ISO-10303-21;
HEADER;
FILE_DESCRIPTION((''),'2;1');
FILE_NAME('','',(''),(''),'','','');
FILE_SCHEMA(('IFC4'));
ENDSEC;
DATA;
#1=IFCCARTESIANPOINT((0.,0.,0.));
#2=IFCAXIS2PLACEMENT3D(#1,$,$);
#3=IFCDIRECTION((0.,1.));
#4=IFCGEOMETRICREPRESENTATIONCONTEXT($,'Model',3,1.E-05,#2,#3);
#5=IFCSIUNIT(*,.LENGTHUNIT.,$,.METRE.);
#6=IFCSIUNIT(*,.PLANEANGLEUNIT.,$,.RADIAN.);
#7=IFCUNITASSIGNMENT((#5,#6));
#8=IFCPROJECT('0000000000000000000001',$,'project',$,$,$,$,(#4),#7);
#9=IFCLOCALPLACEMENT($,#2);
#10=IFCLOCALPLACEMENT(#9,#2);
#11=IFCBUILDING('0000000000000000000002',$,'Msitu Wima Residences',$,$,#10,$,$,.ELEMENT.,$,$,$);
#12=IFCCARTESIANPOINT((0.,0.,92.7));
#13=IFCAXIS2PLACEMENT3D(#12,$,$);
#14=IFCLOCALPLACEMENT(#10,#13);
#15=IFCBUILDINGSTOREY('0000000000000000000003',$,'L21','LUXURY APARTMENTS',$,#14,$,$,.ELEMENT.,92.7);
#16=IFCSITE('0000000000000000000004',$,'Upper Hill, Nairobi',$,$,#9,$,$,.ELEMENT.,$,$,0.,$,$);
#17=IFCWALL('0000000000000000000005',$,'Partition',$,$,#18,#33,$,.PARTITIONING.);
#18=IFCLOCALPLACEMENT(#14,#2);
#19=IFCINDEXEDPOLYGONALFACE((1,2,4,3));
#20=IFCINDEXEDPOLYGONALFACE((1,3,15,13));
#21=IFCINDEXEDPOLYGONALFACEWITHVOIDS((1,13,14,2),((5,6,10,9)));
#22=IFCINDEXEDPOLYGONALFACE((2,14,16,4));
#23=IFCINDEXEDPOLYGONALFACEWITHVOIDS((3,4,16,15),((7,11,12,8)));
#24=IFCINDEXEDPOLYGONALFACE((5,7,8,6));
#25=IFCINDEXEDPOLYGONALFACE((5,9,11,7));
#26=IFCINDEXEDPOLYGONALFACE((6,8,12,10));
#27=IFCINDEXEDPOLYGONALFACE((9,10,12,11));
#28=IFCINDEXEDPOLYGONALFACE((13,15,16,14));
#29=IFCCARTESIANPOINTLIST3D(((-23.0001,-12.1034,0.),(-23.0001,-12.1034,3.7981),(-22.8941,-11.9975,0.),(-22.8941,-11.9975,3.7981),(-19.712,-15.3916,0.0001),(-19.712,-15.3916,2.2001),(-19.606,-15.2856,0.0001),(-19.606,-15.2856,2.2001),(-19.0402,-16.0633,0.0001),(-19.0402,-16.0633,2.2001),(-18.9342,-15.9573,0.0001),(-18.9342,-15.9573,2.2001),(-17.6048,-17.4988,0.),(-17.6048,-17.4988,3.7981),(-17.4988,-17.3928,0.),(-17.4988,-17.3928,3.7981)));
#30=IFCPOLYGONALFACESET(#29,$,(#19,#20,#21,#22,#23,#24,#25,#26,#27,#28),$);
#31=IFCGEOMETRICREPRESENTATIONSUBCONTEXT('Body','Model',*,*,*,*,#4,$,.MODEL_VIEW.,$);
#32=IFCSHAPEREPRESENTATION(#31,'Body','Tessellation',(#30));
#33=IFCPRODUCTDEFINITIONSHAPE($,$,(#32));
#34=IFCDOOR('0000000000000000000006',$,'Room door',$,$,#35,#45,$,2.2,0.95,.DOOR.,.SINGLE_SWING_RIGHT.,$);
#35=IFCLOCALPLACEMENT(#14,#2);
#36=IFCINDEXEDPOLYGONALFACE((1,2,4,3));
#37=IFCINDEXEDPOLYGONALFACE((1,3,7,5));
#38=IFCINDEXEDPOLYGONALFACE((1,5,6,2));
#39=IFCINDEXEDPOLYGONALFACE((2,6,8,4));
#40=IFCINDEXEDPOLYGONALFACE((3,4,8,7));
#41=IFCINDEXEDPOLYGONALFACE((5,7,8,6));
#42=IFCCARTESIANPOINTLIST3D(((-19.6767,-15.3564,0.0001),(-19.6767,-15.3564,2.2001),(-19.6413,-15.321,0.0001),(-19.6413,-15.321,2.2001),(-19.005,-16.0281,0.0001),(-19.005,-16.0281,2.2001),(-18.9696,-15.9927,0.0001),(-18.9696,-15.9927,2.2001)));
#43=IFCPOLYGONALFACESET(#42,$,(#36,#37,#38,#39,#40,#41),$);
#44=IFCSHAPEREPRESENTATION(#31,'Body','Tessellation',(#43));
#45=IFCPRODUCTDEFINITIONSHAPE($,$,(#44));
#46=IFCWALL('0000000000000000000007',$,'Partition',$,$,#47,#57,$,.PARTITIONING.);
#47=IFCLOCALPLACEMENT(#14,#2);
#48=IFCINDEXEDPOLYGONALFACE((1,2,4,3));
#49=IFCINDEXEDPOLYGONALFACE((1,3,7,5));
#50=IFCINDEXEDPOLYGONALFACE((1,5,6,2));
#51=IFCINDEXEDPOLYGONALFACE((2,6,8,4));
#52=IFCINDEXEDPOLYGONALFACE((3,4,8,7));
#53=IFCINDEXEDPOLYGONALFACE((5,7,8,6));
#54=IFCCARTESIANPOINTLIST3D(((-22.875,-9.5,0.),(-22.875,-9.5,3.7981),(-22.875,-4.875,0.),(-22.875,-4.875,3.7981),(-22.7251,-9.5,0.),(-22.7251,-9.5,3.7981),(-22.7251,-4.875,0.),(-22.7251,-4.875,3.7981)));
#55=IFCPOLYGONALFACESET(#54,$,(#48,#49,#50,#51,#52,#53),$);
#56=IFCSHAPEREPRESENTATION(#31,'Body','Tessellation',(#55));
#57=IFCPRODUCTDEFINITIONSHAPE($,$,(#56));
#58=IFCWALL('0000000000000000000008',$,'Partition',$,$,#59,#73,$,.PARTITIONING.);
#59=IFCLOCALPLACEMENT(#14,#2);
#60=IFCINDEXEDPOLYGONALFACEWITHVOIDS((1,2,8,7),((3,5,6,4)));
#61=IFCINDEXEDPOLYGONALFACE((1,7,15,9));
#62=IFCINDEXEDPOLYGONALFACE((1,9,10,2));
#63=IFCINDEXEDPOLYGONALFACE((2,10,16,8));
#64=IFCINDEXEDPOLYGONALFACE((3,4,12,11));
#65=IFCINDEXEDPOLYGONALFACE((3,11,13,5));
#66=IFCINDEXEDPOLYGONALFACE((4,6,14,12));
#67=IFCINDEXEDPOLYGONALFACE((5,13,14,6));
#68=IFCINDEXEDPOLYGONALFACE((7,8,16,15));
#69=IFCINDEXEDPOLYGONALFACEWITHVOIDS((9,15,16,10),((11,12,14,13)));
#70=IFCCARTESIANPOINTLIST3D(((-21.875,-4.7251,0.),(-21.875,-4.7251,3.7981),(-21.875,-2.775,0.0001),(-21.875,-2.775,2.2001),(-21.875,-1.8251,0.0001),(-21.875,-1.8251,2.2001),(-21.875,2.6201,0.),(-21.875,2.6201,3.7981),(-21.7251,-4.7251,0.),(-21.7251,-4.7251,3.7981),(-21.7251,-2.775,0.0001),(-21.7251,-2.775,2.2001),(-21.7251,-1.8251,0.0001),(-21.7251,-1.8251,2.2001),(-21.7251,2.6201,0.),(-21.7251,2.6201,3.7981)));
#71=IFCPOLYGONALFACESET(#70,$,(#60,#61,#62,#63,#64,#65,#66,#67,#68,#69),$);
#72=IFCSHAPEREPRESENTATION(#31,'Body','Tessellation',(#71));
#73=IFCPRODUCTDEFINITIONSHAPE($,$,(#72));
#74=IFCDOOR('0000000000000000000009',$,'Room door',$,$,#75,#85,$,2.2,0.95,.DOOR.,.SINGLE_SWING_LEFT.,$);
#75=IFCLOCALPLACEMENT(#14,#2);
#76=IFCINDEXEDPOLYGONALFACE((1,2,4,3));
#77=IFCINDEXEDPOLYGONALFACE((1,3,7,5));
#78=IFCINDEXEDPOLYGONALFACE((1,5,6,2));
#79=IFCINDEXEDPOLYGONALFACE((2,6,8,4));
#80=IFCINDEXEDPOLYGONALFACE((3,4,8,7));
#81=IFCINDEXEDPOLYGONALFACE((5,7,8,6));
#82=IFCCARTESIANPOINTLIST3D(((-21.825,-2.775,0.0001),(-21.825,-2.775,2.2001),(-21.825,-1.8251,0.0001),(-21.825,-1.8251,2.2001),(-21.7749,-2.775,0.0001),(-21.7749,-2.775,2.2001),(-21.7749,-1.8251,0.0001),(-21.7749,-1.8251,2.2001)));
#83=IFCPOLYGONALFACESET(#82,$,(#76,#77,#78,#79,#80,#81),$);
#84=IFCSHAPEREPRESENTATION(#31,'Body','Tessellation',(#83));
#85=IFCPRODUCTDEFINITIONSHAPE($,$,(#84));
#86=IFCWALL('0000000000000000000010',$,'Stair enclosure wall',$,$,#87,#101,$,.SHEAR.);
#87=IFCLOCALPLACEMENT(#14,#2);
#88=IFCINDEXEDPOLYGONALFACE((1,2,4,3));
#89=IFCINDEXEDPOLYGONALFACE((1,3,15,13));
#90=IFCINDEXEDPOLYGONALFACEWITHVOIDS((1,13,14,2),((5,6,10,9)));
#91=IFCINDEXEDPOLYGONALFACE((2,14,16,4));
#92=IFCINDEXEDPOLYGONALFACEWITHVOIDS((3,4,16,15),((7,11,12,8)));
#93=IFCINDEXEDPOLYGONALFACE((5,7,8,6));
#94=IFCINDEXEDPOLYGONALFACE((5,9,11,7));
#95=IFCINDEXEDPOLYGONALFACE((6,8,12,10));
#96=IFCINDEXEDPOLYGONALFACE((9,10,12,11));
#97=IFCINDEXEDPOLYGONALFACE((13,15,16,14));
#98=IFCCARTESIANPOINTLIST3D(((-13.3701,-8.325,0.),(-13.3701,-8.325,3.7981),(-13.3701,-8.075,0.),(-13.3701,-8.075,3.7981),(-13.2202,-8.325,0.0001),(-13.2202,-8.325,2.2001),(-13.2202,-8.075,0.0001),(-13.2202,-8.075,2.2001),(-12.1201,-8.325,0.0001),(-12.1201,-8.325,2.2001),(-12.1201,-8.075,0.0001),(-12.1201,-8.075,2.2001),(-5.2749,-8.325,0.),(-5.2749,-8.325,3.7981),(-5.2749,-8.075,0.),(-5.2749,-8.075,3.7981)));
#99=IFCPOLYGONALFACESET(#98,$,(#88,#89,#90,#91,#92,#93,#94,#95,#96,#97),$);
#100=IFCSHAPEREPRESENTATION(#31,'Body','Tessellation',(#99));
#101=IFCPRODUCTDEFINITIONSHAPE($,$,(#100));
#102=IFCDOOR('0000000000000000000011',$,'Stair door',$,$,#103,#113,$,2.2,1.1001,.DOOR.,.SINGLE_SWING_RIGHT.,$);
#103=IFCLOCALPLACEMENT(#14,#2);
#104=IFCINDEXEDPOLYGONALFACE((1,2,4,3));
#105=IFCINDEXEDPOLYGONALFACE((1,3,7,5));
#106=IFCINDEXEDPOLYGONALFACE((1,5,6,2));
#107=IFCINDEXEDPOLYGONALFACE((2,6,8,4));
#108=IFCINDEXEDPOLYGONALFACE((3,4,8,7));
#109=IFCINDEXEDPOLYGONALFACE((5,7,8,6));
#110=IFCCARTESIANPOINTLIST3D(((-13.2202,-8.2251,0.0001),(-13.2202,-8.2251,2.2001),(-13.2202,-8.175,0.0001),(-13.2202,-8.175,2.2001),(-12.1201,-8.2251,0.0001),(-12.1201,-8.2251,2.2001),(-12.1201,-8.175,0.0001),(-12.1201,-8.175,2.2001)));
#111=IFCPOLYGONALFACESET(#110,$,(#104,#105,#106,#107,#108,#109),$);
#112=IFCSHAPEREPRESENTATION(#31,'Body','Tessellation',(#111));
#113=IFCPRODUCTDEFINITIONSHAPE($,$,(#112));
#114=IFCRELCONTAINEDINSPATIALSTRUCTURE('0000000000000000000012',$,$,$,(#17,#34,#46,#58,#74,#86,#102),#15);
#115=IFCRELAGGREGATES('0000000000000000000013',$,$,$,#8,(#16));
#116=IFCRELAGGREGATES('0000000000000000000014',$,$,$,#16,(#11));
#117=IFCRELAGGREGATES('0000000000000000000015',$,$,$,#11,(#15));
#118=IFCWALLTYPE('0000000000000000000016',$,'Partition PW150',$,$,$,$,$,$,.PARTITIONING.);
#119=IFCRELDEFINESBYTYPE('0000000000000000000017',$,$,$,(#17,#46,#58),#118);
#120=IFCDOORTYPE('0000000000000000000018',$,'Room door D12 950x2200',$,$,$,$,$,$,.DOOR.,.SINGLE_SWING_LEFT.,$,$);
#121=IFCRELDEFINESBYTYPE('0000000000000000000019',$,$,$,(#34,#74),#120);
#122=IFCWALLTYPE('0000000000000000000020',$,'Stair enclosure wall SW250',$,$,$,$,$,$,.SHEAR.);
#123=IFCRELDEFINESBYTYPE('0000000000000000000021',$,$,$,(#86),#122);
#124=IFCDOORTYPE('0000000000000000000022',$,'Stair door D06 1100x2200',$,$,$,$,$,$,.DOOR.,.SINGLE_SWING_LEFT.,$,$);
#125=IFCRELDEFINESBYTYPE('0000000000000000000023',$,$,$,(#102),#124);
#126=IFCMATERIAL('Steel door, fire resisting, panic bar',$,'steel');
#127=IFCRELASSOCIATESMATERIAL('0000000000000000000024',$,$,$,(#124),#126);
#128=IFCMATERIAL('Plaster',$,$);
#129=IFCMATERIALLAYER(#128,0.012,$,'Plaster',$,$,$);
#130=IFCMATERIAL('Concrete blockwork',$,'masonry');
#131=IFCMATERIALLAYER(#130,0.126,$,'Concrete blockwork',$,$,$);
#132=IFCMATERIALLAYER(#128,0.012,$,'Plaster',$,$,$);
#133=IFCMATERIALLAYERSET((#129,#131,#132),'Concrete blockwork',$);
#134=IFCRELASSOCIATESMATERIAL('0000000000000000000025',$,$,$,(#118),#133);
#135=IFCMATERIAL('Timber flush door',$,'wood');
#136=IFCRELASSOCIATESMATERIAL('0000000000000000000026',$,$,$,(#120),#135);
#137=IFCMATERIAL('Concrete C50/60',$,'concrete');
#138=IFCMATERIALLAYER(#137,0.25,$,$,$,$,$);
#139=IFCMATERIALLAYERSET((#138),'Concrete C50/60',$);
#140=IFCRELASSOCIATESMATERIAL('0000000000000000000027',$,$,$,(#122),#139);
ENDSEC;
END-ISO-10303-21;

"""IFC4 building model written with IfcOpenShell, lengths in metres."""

from ifc_helpers import new_model, si_unit, direction, frame, frame_2d, origin, place, context, subcontext, project, spatial, rectangle, extrude, material, layer, layer_set, type_object, element, fill, save


model = new_model("IFC4")

# Units and contexts
model_context = context("Model", 3, precision=1e-05, world=origin(), true_north=direction((0.0, 1.0)))
body_context = subcontext(model_context, "Body", "Model", "MODEL_VIEW")
ifc_project = project(units=[si_unit("LENGTHUNIT", "METRE"), si_unit("PLANEANGLEUNIT", "RADIAN")], contexts=[model_context])

# Site, building, storey
site_placement = place(None, origin())
site = spatial("IfcSite", under=ifc_project, at=site_placement, Name="Upper Hill, Nairobi", CompositionType="ELEMENT", RefElevation=0.0)
building_placement = place(site_placement, origin())
building = spatial("IfcBuilding", under=site, at=building_placement, Name="Msitu Wima Residences", CompositionType="ELEMENT")
storey_placement = place(building_placement, frame((0.0, 0.0, 92.7)))
storey = spatial("IfcBuildingStorey", under=building, at=storey_placement, Name="L21", Description="LUXURY APARTMENTS", CompositionType="ELEMENT", Elevation=92.7)

# Shared definitions
ifc_material_1 = material(Name="Concrete C50/60", Category="concrete")

# Shared definitions
ifc_material_2 = material(Name="Steel door, fire resisting, panic bar", Category="steel")
door_type_1 = type_object("IfcDoorType", Name="Stair door D06 1100x2200", OperationType="SINGLE_SWING_LEFT", PredefinedType="DOOR", material=ifc_material_2)

# Shared definitions
ifc_material_3 = material(Name="Plaster")
ifc_material_4 = material(Name="Concrete blockwork", Category="masonry")

# Shared definitions
ifc_layer_1 = layer(ifc_material_3, 0.012, Name="Plaster")
ifc_layer_2 = layer(ifc_material_4, 0.126, Name="Concrete blockwork")
ifc_layer_3 = layer(ifc_material_3, 0.012, Name="Plaster")
ifc_layer_set_1 = layer_set([ifc_layer_1, ifc_layer_2, ifc_layer_3], Name="Concrete blockwork")
wall_type_1 = type_object("IfcWallType", Name="Partition PW150", PredefinedType="PARTITIONING", material=ifc_layer_set_1)
ifc_material_5 = material(Name="Timber flush door", Category="wood")
door_type_2 = type_object("IfcDoorType", Name="Room door D12 950x2200", OperationType="SINGLE_SWING_LEFT", PredefinedType="DOOR", material=ifc_material_5)

# Wall, opening, door
wall_1_placement = place(storey_placement, frame((-22.947, -12.0505, 0.0), z_axis=(0.0, 0.0, 1.0), x_axis=(0.707107, -0.707107, 0.0)))
wall_1 = element("IfcWall", 1, at=wall_1_placement, inside=storey, type_object=wall_type_1, Name="Partition", PredefinedType="PARTITIONING", context=body_context, shape_type="SweptSolid", body=[
    extrude(rectangle(XDim=7.6301, YDim=0.1499, at=frame_2d((3.8149, 0.0))), origin(), (0.0, 0.0, 1.0), 3.7981),
])
opening_1_placement = place(wall_1_placement, frame((4.6499, 0.0, 0.0)))
opening_1 = element("IfcOpeningElement", 2, at=opening_1_placement, cuts=wall_1, PredefinedType="OPENING", context=body_context, shape_type="SweptSolid", body=[
    extrude(rectangle(XDim=0.95, YDim=2.2, at=frame_2d((0.4751, 1.1001))), frame((0.0, 0.085, 0.0), z_axis=(0.0, -1.0, 0.0), x_axis=(1.0, 0.0, 0.0)), (0.0, 0.0, 1.0), 0.1699),
])
door_1_placement = place(opening_1_placement, origin())
door_1 = element("IfcDoor", 3, at=door_1_placement, inside=storey, type_object=door_type_2, Name="Room door", OperationType="SINGLE_SWING_RIGHT", OverallHeight=2.2, OverallWidth=0.95, PredefinedType="DOOR", context=body_context, shape_type="SweptSolid", body=[
    extrude(rectangle(XDim=0.95, YDim=2.2, at=frame_2d((0.4751, 1.1001))), frame((0.0, 0.0249, 0.0), z_axis=(0.0, -1.0, 0.0), x_axis=(1.0, 0.0, 0.0)), (0.0, 0.0, 1.0), 0.05),
])
fill(opening_1, door_1)

# Wall
wall_2_placement = place(storey_placement, frame((-22.8, -9.5, 0.0), z_axis=(0.0, 0.0, 1.0), x_axis=(0.0, 1.0, 0.0)))
element("IfcWall", 4, at=wall_2_placement, inside=storey, type_object=wall_type_1, Name="Partition", PredefinedType="PARTITIONING", context=body_context, shape_type="SweptSolid", body=[
    extrude(rectangle(XDim=4.625, YDim=0.1499, at=frame_2d((2.3125, 0.0))), origin(), (0.0, 0.0, 1.0), 3.7981),
])

# Walls, openings, doors
wall_3_placement = place(storey_placement, frame((-21.8, -4.7251, 0.0), z_axis=(0.0, 0.0, 1.0), x_axis=(0.0, 1.0, 0.0)))
wall_3 = element("IfcWall", 5, at=wall_3_placement, inside=storey, type_object=wall_type_1, Name="Partition", PredefinedType="PARTITIONING", context=body_context, shape_type="SweptSolid", body=[
    extrude(rectangle(XDim=7.3452, YDim=0.1499, at=frame_2d((3.6726, 0.0))), origin(), (0.0, 0.0, 1.0), 3.7981),
])
opening_2_placement = place(wall_3_placement, frame((1.95, 0.0, 0.0)))
opening_2 = element("IfcOpeningElement", 6, at=opening_2_placement, cuts=wall_3, PredefinedType="OPENING", context=body_context, shape_type="SweptSolid", body=[
    extrude(rectangle(XDim=0.95, YDim=2.2, at=frame_2d((0.4751, 1.1001))), frame((0.0, 0.085, 0.0), z_axis=(0.0, -1.0, 0.0), x_axis=(1.0, 0.0, 0.0)), (0.0, 0.0, 1.0), 0.1699),
])
door_2_placement = place(opening_2_placement, origin())
door_2 = element("IfcDoor", 7, at=door_2_placement, inside=storey, type_object=door_type_2, Name="Room door", OperationType="SINGLE_SWING_LEFT", OverallHeight=2.2, OverallWidth=0.95, PredefinedType="DOOR", context=body_context, shape_type="SweptSolid", body=[
    extrude(rectangle(XDim=0.95, YDim=2.2, at=frame_2d((0.4751, 1.1001))), frame((0.0, 0.0249, 0.0), z_axis=(0.0, -1.0, 0.0), x_axis=(1.0, 0.0, 0.0)), (0.0, 0.0, 1.0), 0.05),
])
fill(opening_2, door_2)
ifc_layer_4 = layer(ifc_material_1, 0.25)
ifc_layer_set_2 = layer_set([ifc_layer_4], Name="Concrete C50/60")
wall_type_2 = type_object("IfcWallType", Name="Stair enclosure wall SW250", PredefinedType="SHEAR", material=ifc_layer_set_2)
wall_4_placement = place(storey_placement, frame((-13.3701, -8.2, 0.0), z_axis=(0.0, 0.0, 1.0), x_axis=(1.0, 0.0, 0.0)))
wall_4 = element("IfcWall", 8, at=wall_4_placement, inside=storey, type_object=wall_type_2, Name="Stair enclosure wall", PredefinedType="SHEAR", context=body_context, shape_type="SweptSolid", body=[
    extrude(rectangle(XDim=8.0952, YDim=0.25, at=frame_2d((4.0476, 0.0))), origin(), (0.0, 0.0, 1.0), 3.7981),
])
opening_3_placement = place(wall_4_placement, frame((0.1499, 0.0, 0.0)))
opening_3 = element("IfcOpeningElement", 9, at=opening_3_placement, cuts=wall_4, PredefinedType="OPENING", context=body_context, shape_type="SweptSolid", body=[
    extrude(rectangle(XDim=1.1001, YDim=2.2, at=frame_2d((0.55, 1.1001))), frame((0.0, 0.135, 0.0), z_axis=(0.0, -1.0, 0.0), x_axis=(1.0, 0.0, 0.0)), (0.0, 0.0, 1.0), 0.27),
])
door_3_placement = place(opening_3_placement, origin())
door_3 = element("IfcDoor", 10, at=door_3_placement, inside=storey, type_object=door_type_1, Name="Stair door", OperationType="SINGLE_SWING_RIGHT", OverallHeight=2.2, OverallWidth=1.1001, PredefinedType="DOOR", context=body_context, shape_type="SweptSolid", body=[
    extrude(rectangle(XDim=1.1001, YDim=2.2, at=frame_2d((0.55, 1.1001))), frame((0.0, 0.0249, 0.0), z_axis=(0.0, -1.0, 0.0), x_axis=(1.0, 0.0, 0.0)), (0.0, 0.0, 1.0), 0.05),
])
fill(opening_3, door_3)

save(model, "model.ifc")
